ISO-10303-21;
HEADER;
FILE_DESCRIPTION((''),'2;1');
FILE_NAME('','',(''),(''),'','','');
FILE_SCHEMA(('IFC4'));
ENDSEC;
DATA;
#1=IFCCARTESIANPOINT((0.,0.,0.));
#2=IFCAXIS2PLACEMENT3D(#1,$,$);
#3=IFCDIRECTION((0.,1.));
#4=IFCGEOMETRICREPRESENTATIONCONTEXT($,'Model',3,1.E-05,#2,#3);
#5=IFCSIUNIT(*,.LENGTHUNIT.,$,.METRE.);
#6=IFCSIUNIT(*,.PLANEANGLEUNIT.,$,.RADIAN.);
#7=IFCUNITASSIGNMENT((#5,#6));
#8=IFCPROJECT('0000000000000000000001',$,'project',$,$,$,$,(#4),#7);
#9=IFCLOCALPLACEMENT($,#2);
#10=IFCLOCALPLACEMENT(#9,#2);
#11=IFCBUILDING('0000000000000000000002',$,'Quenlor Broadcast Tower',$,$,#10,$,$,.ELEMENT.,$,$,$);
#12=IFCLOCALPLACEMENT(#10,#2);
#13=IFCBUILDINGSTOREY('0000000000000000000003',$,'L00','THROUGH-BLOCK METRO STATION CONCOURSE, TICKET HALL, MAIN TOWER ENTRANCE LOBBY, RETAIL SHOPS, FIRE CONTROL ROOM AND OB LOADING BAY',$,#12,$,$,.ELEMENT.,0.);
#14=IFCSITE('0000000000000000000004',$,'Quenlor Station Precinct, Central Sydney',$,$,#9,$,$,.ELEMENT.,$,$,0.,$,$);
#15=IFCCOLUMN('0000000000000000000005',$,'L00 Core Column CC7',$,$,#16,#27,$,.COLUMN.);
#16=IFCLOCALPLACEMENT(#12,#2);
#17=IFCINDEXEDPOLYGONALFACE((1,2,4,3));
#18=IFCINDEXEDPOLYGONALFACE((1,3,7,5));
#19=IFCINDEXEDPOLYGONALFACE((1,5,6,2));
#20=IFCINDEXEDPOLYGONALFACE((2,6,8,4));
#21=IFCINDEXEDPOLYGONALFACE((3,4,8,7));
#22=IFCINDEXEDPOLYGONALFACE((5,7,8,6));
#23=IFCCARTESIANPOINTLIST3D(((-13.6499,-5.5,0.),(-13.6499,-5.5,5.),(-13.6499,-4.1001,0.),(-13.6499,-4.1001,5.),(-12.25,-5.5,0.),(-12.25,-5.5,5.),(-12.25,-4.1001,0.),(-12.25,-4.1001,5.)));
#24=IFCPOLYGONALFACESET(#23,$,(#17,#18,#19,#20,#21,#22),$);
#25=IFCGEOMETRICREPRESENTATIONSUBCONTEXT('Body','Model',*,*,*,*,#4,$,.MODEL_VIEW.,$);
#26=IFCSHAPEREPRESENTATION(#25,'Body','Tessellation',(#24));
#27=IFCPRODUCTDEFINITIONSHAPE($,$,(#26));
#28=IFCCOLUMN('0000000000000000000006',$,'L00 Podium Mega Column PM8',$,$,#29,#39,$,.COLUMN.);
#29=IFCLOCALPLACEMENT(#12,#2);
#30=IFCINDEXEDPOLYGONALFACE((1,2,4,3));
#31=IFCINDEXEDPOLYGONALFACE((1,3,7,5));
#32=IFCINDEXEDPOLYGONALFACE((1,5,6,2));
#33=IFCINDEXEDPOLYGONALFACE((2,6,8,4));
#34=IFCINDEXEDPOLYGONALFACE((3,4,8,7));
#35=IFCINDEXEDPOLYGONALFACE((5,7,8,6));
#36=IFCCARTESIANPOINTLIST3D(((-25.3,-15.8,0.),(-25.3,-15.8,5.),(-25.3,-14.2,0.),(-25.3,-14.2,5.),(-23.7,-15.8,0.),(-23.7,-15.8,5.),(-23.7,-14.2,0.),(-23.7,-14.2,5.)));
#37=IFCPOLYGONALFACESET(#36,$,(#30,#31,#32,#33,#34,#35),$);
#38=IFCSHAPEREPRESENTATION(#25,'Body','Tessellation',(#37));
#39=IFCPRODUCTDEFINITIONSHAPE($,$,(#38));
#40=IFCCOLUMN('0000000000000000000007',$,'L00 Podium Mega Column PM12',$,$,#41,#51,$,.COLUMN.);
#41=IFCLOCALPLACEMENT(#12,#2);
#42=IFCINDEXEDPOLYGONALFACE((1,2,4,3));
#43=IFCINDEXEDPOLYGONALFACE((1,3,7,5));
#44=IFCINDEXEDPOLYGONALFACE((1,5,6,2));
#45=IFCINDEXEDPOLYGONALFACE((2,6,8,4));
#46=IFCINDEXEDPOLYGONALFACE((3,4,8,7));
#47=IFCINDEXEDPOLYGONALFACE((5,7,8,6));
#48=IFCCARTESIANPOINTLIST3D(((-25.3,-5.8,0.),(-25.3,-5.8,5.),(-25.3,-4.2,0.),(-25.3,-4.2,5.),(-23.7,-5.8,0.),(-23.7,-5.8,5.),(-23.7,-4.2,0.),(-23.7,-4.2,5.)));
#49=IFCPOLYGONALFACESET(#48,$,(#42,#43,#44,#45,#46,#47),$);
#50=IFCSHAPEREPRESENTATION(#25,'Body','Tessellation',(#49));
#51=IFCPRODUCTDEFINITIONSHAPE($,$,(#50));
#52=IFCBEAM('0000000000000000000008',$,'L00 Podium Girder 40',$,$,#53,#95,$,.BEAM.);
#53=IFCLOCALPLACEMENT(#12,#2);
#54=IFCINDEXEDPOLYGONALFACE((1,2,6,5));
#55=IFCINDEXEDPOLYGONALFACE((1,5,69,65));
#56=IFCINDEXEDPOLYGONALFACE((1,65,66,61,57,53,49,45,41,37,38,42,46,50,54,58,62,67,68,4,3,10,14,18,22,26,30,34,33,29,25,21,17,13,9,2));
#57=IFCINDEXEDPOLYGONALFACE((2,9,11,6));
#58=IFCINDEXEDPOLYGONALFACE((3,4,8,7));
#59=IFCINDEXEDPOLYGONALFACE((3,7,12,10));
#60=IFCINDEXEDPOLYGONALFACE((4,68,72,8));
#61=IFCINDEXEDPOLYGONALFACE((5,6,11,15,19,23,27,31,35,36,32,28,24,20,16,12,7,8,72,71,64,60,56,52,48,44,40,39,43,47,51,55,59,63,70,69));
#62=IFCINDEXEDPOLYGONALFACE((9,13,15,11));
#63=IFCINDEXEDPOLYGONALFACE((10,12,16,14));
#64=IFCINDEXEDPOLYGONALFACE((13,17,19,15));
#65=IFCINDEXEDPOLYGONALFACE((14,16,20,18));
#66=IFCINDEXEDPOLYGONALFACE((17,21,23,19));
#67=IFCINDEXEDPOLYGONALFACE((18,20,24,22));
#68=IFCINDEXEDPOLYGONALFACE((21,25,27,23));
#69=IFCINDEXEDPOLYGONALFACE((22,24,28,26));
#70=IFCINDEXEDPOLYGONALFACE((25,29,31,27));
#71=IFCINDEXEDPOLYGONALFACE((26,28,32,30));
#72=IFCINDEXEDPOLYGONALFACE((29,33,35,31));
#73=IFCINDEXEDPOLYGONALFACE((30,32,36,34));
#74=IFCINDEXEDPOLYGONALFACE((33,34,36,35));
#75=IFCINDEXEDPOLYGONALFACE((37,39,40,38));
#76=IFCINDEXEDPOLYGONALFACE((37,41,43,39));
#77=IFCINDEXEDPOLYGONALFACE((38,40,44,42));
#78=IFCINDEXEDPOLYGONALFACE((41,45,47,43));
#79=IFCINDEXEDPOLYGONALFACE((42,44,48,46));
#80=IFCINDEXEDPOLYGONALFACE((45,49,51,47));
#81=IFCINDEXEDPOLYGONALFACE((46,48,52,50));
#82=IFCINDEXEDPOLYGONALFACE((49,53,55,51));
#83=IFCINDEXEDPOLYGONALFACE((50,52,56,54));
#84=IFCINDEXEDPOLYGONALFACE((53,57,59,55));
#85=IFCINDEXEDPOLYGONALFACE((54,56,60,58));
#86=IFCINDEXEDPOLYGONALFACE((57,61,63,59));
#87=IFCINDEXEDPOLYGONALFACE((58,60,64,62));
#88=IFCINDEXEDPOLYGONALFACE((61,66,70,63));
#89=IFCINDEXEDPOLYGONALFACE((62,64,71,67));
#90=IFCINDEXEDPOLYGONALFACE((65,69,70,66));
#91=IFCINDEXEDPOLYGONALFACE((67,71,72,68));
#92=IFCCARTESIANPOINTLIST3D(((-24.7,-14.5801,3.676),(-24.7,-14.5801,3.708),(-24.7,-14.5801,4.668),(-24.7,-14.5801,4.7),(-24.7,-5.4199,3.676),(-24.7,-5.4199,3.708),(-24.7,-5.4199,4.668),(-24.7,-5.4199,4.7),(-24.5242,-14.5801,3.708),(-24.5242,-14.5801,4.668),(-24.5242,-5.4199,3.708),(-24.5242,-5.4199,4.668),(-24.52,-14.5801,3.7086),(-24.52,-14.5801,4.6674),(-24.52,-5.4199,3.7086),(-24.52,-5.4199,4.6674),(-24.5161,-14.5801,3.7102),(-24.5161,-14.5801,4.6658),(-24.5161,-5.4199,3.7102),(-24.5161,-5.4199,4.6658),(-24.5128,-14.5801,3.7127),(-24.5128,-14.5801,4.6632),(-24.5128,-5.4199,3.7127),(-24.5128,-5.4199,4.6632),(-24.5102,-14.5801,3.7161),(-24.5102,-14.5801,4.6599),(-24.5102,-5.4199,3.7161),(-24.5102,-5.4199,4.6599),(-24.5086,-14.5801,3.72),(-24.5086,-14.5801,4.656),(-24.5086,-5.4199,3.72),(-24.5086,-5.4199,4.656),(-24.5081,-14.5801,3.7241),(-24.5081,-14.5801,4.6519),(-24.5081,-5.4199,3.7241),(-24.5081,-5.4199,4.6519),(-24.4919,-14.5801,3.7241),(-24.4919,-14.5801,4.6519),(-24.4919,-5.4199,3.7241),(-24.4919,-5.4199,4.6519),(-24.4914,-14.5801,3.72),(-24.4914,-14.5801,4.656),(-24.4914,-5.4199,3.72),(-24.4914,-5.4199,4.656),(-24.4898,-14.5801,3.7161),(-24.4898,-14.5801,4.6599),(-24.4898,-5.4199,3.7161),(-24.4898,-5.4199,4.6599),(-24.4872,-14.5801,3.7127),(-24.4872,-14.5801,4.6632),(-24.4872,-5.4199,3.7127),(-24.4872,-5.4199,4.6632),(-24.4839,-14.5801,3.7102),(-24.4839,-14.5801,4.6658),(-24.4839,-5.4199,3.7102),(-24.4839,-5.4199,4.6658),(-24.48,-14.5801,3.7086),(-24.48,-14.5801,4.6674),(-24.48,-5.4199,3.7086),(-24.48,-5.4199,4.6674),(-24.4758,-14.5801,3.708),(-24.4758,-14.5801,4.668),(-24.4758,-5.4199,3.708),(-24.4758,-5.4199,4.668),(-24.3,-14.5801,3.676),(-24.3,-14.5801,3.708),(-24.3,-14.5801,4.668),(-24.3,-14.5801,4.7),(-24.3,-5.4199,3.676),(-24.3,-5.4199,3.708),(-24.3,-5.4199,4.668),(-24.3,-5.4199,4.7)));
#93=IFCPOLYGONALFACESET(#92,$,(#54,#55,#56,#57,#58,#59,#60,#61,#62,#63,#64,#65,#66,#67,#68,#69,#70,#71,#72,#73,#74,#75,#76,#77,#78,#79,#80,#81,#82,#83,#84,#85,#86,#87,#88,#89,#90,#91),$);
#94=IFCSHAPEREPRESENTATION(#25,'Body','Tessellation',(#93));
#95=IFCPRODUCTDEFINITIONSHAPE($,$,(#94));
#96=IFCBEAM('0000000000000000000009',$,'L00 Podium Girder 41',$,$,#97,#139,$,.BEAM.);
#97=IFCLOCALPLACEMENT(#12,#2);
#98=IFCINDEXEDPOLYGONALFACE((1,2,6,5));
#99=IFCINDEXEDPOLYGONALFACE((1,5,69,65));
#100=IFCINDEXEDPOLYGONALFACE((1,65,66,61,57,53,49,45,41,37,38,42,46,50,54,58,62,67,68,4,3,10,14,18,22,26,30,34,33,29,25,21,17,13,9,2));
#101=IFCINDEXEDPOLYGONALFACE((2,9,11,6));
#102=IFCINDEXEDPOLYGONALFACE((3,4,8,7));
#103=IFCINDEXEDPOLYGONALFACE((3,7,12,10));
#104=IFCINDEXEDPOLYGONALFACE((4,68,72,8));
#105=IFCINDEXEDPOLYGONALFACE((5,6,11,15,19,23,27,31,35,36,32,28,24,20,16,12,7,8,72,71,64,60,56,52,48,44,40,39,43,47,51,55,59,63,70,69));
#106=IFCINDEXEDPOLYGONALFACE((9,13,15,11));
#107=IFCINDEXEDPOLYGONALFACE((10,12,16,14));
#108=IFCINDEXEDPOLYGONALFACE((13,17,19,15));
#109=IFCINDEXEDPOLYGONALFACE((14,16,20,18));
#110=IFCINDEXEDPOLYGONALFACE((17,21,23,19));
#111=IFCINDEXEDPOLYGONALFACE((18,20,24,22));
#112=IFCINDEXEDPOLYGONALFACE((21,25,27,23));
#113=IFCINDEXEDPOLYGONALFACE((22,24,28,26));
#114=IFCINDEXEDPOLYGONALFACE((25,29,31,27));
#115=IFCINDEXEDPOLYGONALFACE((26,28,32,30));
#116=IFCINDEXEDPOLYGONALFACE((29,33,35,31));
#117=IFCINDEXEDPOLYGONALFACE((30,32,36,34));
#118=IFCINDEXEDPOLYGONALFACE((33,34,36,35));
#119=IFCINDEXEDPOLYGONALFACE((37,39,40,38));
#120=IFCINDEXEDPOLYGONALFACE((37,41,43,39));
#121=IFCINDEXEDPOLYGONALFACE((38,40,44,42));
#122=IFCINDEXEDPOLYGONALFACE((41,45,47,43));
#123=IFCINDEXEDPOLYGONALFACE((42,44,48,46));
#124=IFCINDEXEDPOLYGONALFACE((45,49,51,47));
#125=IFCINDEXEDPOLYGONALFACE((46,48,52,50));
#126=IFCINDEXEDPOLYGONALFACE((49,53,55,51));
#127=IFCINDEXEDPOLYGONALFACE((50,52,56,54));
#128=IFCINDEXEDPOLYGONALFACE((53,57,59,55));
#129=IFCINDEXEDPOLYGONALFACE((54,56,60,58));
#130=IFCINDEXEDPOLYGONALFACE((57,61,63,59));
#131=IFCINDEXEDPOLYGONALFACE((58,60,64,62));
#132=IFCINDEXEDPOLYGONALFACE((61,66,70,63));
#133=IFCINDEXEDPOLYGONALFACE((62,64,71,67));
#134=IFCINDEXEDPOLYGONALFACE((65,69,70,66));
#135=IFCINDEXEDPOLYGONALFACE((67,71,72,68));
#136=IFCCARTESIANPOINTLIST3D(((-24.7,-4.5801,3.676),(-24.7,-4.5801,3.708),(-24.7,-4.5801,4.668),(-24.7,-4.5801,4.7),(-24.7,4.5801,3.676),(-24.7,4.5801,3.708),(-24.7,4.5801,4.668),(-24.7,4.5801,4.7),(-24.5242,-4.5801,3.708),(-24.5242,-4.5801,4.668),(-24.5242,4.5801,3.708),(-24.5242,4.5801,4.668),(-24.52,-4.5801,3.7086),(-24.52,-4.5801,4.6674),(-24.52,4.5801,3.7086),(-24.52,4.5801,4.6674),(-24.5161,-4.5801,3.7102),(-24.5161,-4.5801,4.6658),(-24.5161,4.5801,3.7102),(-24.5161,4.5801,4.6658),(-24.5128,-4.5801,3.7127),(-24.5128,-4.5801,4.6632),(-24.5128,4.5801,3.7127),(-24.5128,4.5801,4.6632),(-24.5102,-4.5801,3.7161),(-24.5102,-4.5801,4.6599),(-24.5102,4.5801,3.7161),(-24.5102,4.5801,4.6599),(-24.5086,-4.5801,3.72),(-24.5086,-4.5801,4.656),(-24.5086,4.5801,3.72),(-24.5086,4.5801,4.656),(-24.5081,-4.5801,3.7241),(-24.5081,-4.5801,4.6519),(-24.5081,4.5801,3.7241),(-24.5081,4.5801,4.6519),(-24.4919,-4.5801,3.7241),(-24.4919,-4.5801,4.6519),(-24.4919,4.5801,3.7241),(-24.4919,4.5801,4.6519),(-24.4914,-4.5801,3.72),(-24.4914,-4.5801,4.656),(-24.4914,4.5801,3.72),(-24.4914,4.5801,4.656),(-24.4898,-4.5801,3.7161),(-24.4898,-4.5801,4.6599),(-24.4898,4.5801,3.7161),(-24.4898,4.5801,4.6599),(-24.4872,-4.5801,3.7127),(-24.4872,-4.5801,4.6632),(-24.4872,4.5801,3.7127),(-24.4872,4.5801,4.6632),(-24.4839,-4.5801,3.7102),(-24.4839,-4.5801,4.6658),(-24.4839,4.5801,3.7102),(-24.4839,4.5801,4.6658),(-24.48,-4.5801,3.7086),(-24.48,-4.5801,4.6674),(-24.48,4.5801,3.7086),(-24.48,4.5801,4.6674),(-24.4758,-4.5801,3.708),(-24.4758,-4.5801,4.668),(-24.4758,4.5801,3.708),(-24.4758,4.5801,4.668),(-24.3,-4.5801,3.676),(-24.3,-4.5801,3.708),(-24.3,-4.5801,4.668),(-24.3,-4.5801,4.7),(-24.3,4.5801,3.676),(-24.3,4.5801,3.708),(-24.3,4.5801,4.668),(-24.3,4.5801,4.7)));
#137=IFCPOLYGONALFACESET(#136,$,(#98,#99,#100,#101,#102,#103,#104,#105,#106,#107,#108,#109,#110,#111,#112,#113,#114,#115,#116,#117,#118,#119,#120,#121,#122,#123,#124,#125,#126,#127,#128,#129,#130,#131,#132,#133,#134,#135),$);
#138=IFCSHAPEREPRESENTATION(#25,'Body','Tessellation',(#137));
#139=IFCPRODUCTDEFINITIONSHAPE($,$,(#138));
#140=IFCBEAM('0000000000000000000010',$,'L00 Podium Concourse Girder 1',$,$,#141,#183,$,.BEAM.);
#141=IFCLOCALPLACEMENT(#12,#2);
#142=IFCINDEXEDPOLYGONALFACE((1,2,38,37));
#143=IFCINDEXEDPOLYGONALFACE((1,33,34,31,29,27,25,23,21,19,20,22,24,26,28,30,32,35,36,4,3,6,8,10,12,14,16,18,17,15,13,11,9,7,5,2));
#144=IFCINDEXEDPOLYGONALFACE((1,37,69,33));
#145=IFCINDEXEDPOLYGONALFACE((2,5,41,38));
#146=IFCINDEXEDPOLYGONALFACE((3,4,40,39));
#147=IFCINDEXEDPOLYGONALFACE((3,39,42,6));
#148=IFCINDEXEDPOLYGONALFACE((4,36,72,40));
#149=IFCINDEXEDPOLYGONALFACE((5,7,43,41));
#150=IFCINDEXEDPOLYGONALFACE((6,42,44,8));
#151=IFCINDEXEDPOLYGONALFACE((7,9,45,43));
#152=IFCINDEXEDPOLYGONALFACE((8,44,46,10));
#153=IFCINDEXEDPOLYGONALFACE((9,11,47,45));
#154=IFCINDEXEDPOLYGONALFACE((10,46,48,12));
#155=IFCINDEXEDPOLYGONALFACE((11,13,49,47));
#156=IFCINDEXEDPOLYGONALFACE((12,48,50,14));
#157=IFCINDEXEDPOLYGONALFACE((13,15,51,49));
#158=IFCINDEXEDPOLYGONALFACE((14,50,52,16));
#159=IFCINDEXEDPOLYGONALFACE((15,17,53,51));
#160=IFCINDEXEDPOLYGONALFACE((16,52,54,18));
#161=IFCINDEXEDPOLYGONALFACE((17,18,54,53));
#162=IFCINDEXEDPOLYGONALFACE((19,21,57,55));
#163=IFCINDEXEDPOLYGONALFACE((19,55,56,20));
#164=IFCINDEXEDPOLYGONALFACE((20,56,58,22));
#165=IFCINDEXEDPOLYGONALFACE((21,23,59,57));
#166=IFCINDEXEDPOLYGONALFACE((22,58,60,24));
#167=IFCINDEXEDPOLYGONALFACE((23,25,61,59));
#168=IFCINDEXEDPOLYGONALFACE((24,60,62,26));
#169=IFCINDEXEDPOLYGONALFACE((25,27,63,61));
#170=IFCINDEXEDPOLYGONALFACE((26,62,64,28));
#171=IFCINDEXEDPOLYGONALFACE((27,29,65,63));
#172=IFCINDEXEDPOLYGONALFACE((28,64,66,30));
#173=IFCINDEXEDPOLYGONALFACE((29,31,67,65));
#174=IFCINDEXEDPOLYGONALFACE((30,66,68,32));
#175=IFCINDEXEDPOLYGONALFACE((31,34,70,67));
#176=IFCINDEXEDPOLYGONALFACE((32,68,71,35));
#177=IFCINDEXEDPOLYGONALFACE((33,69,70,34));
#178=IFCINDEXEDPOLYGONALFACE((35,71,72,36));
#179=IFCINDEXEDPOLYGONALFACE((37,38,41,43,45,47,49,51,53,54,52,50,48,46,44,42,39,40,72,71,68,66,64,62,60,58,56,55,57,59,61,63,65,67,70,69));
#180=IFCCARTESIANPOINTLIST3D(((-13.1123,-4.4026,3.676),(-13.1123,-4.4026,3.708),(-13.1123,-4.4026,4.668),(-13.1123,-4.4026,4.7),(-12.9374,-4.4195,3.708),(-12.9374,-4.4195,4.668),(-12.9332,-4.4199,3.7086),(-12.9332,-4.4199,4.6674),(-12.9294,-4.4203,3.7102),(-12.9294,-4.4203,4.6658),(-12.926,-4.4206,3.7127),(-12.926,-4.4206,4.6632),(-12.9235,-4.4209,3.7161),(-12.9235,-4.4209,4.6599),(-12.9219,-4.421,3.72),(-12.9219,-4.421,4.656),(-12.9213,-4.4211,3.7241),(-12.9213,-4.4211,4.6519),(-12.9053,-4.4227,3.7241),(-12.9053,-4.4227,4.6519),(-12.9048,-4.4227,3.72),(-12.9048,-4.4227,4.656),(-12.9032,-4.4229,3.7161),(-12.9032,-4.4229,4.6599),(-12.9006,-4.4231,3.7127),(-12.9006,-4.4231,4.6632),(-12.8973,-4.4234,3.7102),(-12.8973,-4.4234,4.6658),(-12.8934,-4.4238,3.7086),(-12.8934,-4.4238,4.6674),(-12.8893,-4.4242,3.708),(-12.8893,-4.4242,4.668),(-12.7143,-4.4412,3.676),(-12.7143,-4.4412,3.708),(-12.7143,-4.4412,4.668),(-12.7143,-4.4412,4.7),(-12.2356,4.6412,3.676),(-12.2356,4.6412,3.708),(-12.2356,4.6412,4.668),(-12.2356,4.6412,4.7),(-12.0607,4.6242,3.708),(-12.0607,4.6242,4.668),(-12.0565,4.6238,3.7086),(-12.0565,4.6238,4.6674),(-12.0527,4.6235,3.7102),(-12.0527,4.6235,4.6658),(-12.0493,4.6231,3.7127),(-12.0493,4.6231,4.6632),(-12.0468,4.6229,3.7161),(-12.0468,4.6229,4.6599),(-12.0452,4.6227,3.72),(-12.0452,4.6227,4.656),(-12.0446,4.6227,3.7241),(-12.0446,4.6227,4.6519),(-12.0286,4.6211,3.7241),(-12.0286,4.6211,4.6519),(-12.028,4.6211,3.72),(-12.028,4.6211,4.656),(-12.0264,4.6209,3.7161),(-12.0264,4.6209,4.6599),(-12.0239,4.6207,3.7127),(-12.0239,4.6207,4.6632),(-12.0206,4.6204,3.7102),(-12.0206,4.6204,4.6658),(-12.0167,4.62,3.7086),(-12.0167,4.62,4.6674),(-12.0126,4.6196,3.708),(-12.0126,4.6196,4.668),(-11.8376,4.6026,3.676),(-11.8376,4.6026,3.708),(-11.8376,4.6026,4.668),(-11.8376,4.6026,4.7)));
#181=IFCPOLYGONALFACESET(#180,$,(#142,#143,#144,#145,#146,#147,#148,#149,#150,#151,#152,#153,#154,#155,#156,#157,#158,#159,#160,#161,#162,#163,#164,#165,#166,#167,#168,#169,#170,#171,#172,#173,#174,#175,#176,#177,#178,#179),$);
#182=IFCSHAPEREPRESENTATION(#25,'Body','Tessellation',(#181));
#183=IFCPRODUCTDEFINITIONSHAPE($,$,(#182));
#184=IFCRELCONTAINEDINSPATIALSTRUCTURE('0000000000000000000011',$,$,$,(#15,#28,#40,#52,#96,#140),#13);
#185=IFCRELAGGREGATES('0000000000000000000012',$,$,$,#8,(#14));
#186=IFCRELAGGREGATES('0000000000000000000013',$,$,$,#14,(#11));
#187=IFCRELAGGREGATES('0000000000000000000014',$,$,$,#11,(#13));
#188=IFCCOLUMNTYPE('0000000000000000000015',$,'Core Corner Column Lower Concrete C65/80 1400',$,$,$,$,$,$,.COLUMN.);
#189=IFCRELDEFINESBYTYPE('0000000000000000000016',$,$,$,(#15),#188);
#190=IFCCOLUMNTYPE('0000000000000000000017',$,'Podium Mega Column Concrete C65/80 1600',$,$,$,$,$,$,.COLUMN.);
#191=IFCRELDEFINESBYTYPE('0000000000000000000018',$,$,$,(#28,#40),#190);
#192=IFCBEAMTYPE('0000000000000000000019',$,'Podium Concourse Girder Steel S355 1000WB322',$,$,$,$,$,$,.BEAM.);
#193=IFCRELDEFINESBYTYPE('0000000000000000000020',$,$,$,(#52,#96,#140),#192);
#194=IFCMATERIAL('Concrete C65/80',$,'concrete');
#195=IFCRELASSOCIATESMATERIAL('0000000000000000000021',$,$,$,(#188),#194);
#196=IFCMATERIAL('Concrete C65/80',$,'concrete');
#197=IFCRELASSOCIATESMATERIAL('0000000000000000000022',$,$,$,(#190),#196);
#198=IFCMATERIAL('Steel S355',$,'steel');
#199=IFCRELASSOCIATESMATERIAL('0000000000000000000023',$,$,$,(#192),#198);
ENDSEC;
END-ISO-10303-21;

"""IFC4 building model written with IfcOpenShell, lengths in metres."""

from ifc_helpers import new_model, si_unit, direction, frame, origin, origin_2d, place, context, subcontext, project, spatial, rectangle, i_section, extrude, material, material_profile, profile_set, type_object, element, save


model = new_model("IFC4")

# Units and contexts
model_context = context("Model", 3, precision=1e-05, world=origin(), true_north=direction((0.0, 1.0)))
body_context = subcontext(model_context, "Body", "Model", "MODEL_VIEW")
ifc_project = project(units=[si_unit("LENGTHUNIT", "METRE"), si_unit("PLANEANGLEUNIT", "RADIAN")], contexts=[model_context])

# Site, building, storey
site_placement = place(None, origin())
site = spatial("IfcSite", under=ifc_project, at=site_placement, Name="Quenlor Station Precinct, Central Sydney", CompositionType="ELEMENT", RefElevation=0.0)
building_placement = place(site_placement, origin())
building = spatial("IfcBuilding", under=site, at=building_placement, Name="Quenlor Broadcast Tower", CompositionType="ELEMENT")
storey_placement = place(building_placement, origin())
storey = spatial("IfcBuildingStorey", under=building, at=storey_placement, Name="L00", Description="THROUGH-BLOCK METRO STATION CONCOURSE, TICKET HALL, MAIN TOWER ENTRANCE LOBBY, RETAIL SHOPS, FIRE CONTROL ROOM AND OB LOADING BAY", CompositionType="ELEMENT", Elevation=0.0)

# Columns
ifc_material_1 = material(Name="Concrete C65/80", Category="concrete")
ifc_material_profile_1 = material_profile(ifc_material_1, rectangle(XDim=1.3999, YDim=1.3999, at=origin_2d()))
ifc_profile_set_1 = profile_set([ifc_material_profile_1], Name="Concrete C65/80 RC1400x1400")
column_type_1 = type_object("IfcColumnType", Name="Core Corner Column Lower Concrete C65/80 1400", PredefinedType="COLUMN", material=ifc_profile_set_1)
column_placement = place(storey_placement, frame((-12.95, -4.8, 0.0), z_axis=(0.0, 0.0, 1.0), x_axis=(1.0, 0.0, 0.0)))
element("IfcColumn", 1, at=column_placement, inside=storey, type_object=column_type_1, Name="L00 Core Column CC7", PredefinedType="COLUMN", context=body_context, shape_type="SweptSolid", body=[
    extrude(rectangle(XDim=1.3999, YDim=1.3999, at=origin_2d()), origin(), (0.0, 0.0, 1.0), 5.0),
])
ifc_material_2 = material(Name="Concrete C65/80", Category="concrete")
ifc_material_profile_2 = material_profile(ifc_material_2, rectangle(XDim=1.6001, YDim=1.6001, at=origin_2d()))
ifc_profile_set_2 = profile_set([ifc_material_profile_2], Name="Concrete C65/80 RC1600x1600")
column_type_2 = type_object("IfcColumnType", Name="Podium Mega Column Concrete C65/80 1600", PredefinedType="COLUMN", material=ifc_profile_set_2)
for number, where, z_axis, x_axis, name in (
    (2, (-24.5, -15.0, 0.0), (0.0, 0.0, 1.0), (1.0, 0.0, 0.0), "L00 Podium Mega Column PM8"),
    (3, (-24.5, -5.0, 0.0), (0.0, 0.0, 1.0), (1.0, 0.0, 0.0), "L00 Podium Mega Column PM12"),
):
    element("IfcColumn", number, at=place(storey_placement, frame(where, z_axis=z_axis, x_axis=x_axis)), inside=storey, type_object=column_type_2, Name=name, PredefinedType="COLUMN", context=body_context, shape_type="SweptSolid", body=[
        extrude(rectangle(XDim=1.6001, YDim=1.6001, at=origin_2d()), origin(), (0.0, 0.0, 1.0), 5.0),
    ])

# Beams
ifc_material_3 = material(Name="Steel S355", Category="steel")
ifc_material_profile_3 = material_profile(ifc_material_3, i_section(OverallWidth=0.3999, OverallDepth=1.0239, WebThickness=0.0161, FlangeThickness=0.032, FilletRadius=0.0161, at=origin_2d()))
ifc_profile_set_3 = profile_set([ifc_material_profile_3], Name="Steel S355 1000WB322")
beam_type_1 = type_object("IfcBeamType", Name="Podium Concourse Girder Steel S355 1000WB322", PredefinedType="BEAM", material=ifc_profile_set_3)
for number, where, z_axis, x_axis, name in (
    (4, (-24.5, -14.5801, 4.188), (0.0, 1.0, 0.0), (-1.0, 0.0, 0.0), "L00 Podium Girder 40"),
    (5, (-24.5, -4.5801, 4.188), (0.0, 1.0, 0.0), (-1.0, 0.0, 0.0), "L00 Podium Girder 41"),
):
    element("IfcBeam", number, at=place(storey_placement, frame(where, z_axis=z_axis, x_axis=x_axis)), inside=storey, type_object=beam_type_1, Name=name, PredefinedType="BEAM", context=body_context, shape_type="SweptSolid", body=[
        extrude(i_section(OverallWidth=0.3999, OverallDepth=1.0239, WebThickness=0.0161, FlangeThickness=0.032, FilletRadius=0.0161, at=origin_2d()), origin(), (0.0, 0.0, 1.0), 9.1602),
    ])
beam_1_placement = place(storey_placement, frame((-12.9133, -4.4219, 4.188), z_axis=(0.096489, 0.995334, 0.0), x_axis=(-0.995334, 0.096489, 0.0)))
element("IfcBeam", 6, at=beam_1_placement, inside=storey, type_object=beam_type_1, Name="L00 Podium Concourse Girder 1", PredefinedType="BEAM", context=body_context, shape_type="SweptSolid", body=[
    extrude(i_section(OverallWidth=0.3999, OverallDepth=1.0239, WebThickness=0.0161, FlangeThickness=0.032, FilletRadius=0.0161, at=origin_2d()), origin(), (0.0, 0.0, 1.0), 9.0862),
])

save(model, "model.ifc")
